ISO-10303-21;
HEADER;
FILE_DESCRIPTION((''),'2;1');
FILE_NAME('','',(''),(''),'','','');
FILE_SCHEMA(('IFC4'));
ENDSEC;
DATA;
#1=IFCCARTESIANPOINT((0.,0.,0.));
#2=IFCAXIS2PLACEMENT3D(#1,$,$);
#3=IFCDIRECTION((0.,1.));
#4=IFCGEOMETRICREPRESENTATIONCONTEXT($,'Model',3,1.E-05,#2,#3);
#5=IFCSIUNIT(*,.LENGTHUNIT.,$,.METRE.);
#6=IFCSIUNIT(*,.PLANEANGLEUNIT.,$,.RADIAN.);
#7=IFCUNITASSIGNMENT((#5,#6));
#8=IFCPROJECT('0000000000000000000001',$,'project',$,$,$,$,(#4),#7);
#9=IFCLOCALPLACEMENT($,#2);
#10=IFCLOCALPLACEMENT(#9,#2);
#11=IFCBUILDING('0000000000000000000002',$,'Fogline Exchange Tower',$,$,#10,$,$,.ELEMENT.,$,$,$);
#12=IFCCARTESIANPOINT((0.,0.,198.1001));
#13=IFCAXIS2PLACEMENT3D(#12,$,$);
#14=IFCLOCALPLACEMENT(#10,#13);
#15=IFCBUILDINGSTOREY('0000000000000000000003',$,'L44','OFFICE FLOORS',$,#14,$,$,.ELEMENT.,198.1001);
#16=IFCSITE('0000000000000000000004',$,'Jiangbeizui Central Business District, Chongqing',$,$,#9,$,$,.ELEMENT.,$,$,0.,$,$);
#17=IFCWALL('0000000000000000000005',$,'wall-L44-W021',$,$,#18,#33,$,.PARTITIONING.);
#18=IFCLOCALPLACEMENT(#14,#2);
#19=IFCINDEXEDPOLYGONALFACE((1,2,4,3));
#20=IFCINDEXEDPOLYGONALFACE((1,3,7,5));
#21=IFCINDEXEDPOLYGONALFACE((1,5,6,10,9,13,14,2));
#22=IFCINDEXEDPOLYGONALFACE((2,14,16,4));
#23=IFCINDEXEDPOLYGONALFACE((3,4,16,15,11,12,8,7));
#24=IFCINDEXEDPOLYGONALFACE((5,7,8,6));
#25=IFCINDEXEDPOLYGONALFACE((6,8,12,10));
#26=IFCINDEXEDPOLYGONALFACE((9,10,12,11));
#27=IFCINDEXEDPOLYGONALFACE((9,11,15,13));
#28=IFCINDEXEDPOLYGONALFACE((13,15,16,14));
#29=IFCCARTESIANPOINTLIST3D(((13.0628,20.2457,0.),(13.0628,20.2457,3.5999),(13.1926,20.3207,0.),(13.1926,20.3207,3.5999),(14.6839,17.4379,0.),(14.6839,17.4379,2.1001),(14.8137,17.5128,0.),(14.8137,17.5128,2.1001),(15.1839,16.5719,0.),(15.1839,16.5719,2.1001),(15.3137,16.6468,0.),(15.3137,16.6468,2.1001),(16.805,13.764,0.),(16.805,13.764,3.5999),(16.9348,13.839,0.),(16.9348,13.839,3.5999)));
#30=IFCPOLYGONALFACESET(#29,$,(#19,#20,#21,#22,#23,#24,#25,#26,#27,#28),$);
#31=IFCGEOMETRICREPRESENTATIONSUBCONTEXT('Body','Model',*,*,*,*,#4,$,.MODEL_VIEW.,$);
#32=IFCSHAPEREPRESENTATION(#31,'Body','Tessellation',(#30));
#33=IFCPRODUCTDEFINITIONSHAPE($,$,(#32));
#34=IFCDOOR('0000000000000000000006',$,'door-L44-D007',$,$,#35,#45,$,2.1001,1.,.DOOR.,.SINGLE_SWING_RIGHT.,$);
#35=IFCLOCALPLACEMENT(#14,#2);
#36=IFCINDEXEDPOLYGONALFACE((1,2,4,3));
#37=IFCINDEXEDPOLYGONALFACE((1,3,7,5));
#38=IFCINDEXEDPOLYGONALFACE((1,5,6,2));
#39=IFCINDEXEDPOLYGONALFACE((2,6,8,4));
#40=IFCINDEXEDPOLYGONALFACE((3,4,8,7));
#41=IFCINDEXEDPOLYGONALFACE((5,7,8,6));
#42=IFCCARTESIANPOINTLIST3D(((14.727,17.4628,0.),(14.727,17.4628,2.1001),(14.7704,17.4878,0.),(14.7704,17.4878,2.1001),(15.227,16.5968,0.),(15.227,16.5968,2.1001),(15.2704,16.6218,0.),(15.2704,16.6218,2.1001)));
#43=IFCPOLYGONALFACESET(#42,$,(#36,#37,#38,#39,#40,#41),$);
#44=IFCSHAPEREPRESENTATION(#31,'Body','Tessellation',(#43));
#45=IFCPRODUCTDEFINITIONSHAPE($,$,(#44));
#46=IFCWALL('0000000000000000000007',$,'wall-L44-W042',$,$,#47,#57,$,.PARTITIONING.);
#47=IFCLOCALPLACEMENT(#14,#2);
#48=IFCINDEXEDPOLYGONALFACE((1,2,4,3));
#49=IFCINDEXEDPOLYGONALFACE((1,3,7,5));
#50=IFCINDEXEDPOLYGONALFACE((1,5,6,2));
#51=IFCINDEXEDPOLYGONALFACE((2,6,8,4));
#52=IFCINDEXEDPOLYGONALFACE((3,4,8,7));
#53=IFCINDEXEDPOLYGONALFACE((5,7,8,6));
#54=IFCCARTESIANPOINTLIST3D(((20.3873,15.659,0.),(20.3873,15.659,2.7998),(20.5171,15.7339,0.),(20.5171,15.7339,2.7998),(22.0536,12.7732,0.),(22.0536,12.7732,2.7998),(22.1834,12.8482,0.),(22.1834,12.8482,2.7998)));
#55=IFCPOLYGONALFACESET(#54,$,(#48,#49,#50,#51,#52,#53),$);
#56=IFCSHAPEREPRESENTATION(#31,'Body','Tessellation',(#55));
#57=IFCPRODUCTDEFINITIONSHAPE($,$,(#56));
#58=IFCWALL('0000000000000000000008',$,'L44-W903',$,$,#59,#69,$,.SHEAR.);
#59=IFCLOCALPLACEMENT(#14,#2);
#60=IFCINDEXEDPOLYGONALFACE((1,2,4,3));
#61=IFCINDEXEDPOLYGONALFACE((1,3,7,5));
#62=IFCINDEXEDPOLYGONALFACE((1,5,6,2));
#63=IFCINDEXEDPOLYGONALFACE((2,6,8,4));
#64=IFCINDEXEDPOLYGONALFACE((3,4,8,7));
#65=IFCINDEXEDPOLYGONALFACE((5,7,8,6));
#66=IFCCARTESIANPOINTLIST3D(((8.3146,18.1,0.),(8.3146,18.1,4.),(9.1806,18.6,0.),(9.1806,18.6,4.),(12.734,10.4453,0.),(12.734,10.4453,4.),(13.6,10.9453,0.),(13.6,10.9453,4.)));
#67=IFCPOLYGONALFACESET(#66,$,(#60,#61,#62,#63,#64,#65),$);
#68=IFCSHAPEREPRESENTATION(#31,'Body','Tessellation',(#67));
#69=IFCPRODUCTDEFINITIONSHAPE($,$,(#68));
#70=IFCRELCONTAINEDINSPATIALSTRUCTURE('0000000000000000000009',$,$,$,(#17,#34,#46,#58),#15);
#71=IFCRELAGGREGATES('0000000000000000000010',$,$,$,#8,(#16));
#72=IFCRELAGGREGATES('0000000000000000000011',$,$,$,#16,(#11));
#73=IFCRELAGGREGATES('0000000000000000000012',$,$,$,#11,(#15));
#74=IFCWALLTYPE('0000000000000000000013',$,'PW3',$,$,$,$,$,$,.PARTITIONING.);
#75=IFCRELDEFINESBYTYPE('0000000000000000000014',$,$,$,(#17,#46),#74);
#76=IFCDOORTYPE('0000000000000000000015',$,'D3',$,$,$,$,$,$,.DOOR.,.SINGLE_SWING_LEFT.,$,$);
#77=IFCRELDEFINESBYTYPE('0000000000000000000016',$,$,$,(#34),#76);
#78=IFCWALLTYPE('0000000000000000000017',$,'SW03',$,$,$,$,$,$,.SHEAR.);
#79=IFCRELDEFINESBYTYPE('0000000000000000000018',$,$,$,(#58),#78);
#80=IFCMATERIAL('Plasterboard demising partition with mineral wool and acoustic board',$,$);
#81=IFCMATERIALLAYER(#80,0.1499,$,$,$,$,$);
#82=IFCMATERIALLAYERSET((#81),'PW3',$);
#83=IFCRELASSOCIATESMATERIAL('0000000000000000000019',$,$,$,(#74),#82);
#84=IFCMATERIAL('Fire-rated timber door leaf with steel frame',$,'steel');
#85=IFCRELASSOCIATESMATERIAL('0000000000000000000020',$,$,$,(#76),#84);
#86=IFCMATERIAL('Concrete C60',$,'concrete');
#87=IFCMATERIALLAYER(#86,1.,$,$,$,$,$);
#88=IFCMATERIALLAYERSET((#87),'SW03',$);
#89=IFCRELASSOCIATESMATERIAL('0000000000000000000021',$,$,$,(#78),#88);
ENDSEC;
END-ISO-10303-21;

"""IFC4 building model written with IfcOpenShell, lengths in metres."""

from ifc_helpers import new_model, si_unit, direction, frame, frame_2d, origin, place, context, subcontext, project, spatial, rectangle, extrude, material, layer, layer_set, type_object, element, fill, save


model = new_model("IFC4")

# Units and contexts
model_context = context("Model", 3, precision=1e-05, world=origin(), true_north=direction((0.0, 1.0)))
body_context = subcontext(model_context, "Body", "Model", "MODEL_VIEW")
ifc_project = project(units=[si_unit("LENGTHUNIT", "METRE"), si_unit("PLANEANGLEUNIT", "RADIAN")], contexts=[model_context])

# Site, building, storey
site_placement = place(None, origin())
site = spatial("IfcSite", under=ifc_project, at=site_placement, Name="Jiangbeizui Central Business District, Chongqing", CompositionType="ELEMENT", RefElevation=0.0)
building_placement = place(site_placement, origin())
building = spatial("IfcBuilding", under=site, at=building_placement, Name="Fogline Exchange Tower", CompositionType="ELEMENT")
storey_placement = place(building_placement, frame((0.0, 0.0, 198.1001)))
storey = spatial("IfcBuildingStorey", under=building, at=storey_placement, Name="L44", Description="OFFICE FLOORS", CompositionType="ELEMENT", Elevation=198.1001)

# Shared definitions
ifc_material_1 = material(Name="Concrete C60", Category="concrete")

# Shared definitions
ifc_material_2 = material(Name="Plasterboard demising partition with mineral wool and acoustic board")
ifc_layer_1 = layer(ifc_material_2, 0.1499)
ifc_layer_set_1 = layer_set([ifc_layer_1], Name="PW3")
wall_type_1 = type_object("IfcWallType", Name="PW3", PredefinedType="PARTITIONING", material=ifc_layer_set_1)

# Wall, opening, door
wall_1_placement = place(storey_placement, frame((16.8699, 13.8015, 0.0), z_axis=(0.0, 0.0, 1.0), x_axis=(-0.499998, 0.866026, 0.0)))
wall_1 = element("IfcWall", 1, at=wall_1_placement, inside=storey, type_object=wall_type_1, Name="wall-L44-W021", PredefinedType="PARTITIONING", context=body_context, shape_type="SweptSolid", body=[
    extrude(rectangle(XDim=7.4844, YDim=0.1499, at=frame_2d((3.7422, 0.0))), origin(), (0.0, 0.0, 1.0), 3.5999),
])
opening_1_placement = place(wall_1_placement, frame((3.2422, 0.0, 0.0)))
opening_1 = element("IfcOpeningElement", 2, at=opening_1_placement, cuts=wall_1, PredefinedType="OPENING", context=body_context, shape_type="SweptSolid", body=[
    extrude(rectangle(XDim=1.0, YDim=2.1001, at=frame_2d((0.5, 1.05))), frame((0.0, 0.085, 0.0), z_axis=(0.0, -1.0, 0.0), x_axis=(1.0, 0.0, 0.0)), (0.0, 0.0, 1.0), 0.1699),
])
ifc_material_3 = material(Name="Fire-rated timber door leaf with steel frame", Category="steel")
door_type_1 = type_object("IfcDoorType", Name="D3", OperationType="SINGLE_SWING_LEFT", PredefinedType="DOOR", material=ifc_material_3)
door_1_placement = place(opening_1_placement, frame((1.0, 0.0, 0.0), z_axis=(0.0, 0.0, 1.0), x_axis=(-1.0, 0.0, 0.0)))
door_1 = element("IfcDoor", 3, at=door_1_placement, inside=storey, type_object=door_type_1, Name="door-L44-D007", OperationType="SINGLE_SWING_RIGHT", OverallHeight=2.1001, OverallWidth=1.0, PredefinedType="DOOR", context=body_context, shape_type="SweptSolid", body=[
    extrude(rectangle(XDim=1.0, YDim=2.1001, at=frame_2d((0.5, 1.05))), frame((0.0, 0.0249, 0.0), z_axis=(0.0, -1.0, 0.0), x_axis=(1.0, 0.0, 0.0)), (0.0, 0.0, 1.0), 0.05),
])
fill(opening_1, door_1)

# Walls
wall_2_placement = place(storey_placement, frame((22.1184, 12.8108, 0.0), z_axis=(0.0, 0.0, 1.0), x_axis=(-0.50004, 0.866003, 0.0)))
element("IfcWall", 4, at=wall_2_placement, inside=storey, type_object=wall_type_1, Name="wall-L44-W042", PredefinedType="PARTITIONING", context=body_context, shape_type="SweptSolid", body=[
    extrude(rectangle(XDim=3.3323, YDim=0.1499, at=frame_2d((1.666, 0.0))), origin(), (0.0, 0.0, 1.0), 2.7998),
])
ifc_layer_2 = layer(ifc_material_1, 1.0)
ifc_layer_set_2 = layer_set([ifc_layer_2], Name="SW03")
wall_type_2 = type_object("IfcWallType", Name="SW03", PredefinedType="SHEAR", material=ifc_layer_set_2)
wall_3_placement = place(storey_placement, frame((13.167, 10.6953, 0.0), z_axis=(0.0, 0.0, 1.0), x_axis=(-0.499995, 0.866028, 0.0)))
element("IfcWall", 5, at=wall_3_placement, inside=storey, type_object=wall_type_2, Name="L44-W903", PredefinedType="SHEAR", context=body_context, shape_type="SweptSolid", body=[
    extrude(rectangle(XDim=8.8389, YDim=1.0, at=frame_2d((4.4194, 0.0))), origin(), (0.0, 0.0, 1.0), 4.0),
])

save(model, "model.ifc")
